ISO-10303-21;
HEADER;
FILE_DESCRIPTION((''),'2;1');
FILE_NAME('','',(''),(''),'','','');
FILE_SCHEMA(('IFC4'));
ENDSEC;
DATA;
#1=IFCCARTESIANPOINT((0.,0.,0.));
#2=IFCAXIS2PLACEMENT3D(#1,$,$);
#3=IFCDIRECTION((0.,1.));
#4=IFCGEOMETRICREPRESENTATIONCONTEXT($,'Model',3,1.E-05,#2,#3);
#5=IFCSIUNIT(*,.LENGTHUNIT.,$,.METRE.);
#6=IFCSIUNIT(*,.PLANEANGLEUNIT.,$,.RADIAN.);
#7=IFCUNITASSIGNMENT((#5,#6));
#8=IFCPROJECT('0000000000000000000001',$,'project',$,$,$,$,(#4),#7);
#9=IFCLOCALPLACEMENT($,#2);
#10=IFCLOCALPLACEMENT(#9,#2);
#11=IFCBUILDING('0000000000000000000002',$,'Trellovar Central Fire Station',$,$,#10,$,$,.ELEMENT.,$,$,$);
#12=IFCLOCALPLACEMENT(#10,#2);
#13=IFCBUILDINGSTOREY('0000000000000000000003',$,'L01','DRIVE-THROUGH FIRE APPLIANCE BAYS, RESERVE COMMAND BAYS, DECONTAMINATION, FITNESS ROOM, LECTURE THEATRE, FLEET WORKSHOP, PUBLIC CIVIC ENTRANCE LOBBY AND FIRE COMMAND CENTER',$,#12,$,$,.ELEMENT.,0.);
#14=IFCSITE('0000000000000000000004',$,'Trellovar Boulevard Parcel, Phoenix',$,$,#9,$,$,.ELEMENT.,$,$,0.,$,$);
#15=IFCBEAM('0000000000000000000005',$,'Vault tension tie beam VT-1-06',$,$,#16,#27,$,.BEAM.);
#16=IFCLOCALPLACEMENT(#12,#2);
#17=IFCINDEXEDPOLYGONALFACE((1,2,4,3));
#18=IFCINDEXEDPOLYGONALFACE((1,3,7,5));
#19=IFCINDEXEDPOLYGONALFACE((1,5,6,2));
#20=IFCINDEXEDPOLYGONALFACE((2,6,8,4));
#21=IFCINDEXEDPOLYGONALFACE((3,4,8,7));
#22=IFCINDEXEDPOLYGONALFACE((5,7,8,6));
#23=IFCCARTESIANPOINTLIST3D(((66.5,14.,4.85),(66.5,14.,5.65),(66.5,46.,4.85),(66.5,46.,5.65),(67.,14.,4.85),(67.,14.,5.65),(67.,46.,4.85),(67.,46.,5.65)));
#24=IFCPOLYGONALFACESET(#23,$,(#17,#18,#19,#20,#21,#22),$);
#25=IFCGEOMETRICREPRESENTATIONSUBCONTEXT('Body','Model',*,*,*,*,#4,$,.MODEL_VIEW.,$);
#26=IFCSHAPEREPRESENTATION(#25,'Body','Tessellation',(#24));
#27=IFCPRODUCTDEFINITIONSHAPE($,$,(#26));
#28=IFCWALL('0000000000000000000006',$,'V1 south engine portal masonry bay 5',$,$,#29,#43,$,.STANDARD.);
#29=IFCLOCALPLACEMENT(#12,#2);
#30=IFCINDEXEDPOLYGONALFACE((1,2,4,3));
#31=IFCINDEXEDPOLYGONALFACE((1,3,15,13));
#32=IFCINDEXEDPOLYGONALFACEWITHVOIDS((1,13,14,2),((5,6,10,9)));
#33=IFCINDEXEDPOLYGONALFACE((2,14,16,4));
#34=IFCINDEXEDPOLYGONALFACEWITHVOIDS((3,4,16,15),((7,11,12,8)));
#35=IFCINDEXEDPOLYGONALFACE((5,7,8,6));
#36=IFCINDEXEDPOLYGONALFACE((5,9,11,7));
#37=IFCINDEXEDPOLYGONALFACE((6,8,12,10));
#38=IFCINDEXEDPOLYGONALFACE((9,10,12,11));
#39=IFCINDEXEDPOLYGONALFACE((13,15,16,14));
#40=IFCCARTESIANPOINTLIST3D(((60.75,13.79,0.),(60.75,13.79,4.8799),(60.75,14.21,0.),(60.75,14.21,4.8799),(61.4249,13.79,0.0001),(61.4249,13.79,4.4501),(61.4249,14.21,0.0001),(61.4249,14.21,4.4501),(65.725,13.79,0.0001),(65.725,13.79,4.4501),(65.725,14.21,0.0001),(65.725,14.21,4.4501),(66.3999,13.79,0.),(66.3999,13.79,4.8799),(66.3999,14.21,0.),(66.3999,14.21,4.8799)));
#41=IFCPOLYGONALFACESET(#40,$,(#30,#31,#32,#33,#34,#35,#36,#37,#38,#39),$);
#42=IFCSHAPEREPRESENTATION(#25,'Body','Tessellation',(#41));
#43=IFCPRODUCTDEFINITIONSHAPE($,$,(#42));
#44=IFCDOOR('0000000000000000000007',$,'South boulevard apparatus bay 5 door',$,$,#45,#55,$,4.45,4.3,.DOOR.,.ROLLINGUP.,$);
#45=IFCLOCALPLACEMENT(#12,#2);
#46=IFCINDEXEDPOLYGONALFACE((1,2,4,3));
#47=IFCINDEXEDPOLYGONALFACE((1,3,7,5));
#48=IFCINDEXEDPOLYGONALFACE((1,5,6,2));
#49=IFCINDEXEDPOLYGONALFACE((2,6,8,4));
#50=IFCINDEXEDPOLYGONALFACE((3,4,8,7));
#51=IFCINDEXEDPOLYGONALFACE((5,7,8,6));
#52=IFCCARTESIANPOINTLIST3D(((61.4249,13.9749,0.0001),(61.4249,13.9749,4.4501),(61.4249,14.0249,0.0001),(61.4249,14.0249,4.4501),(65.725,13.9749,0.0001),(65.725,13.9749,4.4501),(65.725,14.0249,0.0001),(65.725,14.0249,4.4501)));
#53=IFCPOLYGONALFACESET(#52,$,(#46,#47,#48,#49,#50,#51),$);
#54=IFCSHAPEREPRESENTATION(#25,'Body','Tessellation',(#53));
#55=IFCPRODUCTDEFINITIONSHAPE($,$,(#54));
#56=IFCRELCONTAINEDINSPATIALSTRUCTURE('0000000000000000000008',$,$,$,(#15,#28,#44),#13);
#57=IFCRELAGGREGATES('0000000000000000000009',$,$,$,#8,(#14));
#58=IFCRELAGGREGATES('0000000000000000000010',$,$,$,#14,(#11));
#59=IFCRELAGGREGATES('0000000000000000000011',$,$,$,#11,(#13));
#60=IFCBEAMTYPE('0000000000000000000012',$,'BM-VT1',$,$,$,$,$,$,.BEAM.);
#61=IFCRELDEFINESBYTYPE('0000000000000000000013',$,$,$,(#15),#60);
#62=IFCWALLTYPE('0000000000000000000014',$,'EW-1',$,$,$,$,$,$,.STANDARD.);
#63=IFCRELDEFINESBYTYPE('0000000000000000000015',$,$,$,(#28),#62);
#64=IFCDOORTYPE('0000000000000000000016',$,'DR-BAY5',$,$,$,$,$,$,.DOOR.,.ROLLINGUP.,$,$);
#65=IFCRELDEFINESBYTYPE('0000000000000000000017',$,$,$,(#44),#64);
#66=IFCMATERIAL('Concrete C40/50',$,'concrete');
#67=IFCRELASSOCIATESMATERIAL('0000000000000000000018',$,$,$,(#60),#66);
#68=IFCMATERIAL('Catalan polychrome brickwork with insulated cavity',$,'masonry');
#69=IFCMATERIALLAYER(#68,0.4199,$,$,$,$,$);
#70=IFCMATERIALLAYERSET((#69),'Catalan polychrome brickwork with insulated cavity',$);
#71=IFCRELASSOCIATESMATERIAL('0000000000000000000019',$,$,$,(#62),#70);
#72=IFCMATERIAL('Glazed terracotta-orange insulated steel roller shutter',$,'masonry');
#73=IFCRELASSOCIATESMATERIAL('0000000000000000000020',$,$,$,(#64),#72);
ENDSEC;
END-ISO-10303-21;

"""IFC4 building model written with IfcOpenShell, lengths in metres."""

from ifc_helpers import new_model, si_unit, direction, frame, frame_2d, origin, origin_2d, place, context, subcontext, project, spatial, rectangle, extrude, material, layer, layer_set, material_profile, profile_set, type_object, element, fill, save


model = new_model("IFC4")

# Units and contexts
model_context = context("Model", 3, precision=1e-05, world=origin(), true_north=direction((0.0, 1.0)))
body_context = subcontext(model_context, "Body", "Model", "MODEL_VIEW")
ifc_project = project(units=[si_unit("LENGTHUNIT", "METRE"), si_unit("PLANEANGLEUNIT", "RADIAN")], contexts=[model_context])

# Site, building, storey
site_placement = place(None, origin())
site = spatial("IfcSite", under=ifc_project, at=site_placement, Name="Trellovar Boulevard Parcel, Phoenix", CompositionType="ELEMENT", RefElevation=0.0)
building_placement = place(site_placement, origin())
building = spatial("IfcBuilding", under=site, at=building_placement, Name="Trellovar Central Fire Station", CompositionType="ELEMENT")
storey_placement = place(building_placement, origin())
storey = spatial("IfcBuildingStorey", under=building, at=storey_placement, Name="L01", Description="DRIVE-THROUGH FIRE APPLIANCE BAYS, RESERVE COMMAND BAYS, DECONTAMINATION, FITNESS ROOM, LECTURE THEATRE, FLEET WORKSHOP, PUBLIC CIVIC ENTRANCE LOBBY AND FIRE COMMAND CENTER", CompositionType="ELEMENT", Elevation=0.0)

# Beam
ifc_material_1 = material(Name="Concrete C40/50", Category="concrete")
ifc_material_profile_1 = material_profile(ifc_material_1, rectangle(XDim=0.5, YDim=0.8, at=origin_2d()), Name="RC500X800")
ifc_profile_set_1 = profile_set([ifc_material_profile_1], Name="Concrete C40/50")
beam_type_1 = type_object("IfcBeamType", Name="BM-VT1", PredefinedType="BEAM", material=ifc_profile_set_1)
for number, where, z_axis, x_axis, name in (
    (1, (66.75, 14.0, 5.25), (0.0, 1.0, 0.0), (-1.0, 0.0, 0.0), "Vault tension tie beam VT-1-06"),
):
    element("IfcBeam", number, at=place(storey_placement, frame(where, z_axis=z_axis, x_axis=x_axis)), inside=storey, type_object=beam_type_1, Name=name, PredefinedType="BEAM", context=body_context, shape_type="SweptSolid", body=[
        extrude(rectangle(XDim=0.5, YDim=0.8, at=origin_2d()), origin(), (0.0, 0.0, 1.0), 32.0),
    ])

# Wall, opening, door
ifc_material_2 = material(Name="Catalan polychrome brickwork with insulated cavity", Category="masonry")
ifc_layer = layer(ifc_material_2, 0.4199)
ifc_layer_set = layer_set([ifc_layer], Name="Catalan polychrome brickwork with insulated cavity")
wall_type = type_object("IfcWallType", Name="EW-1", PredefinedType="STANDARD", material=ifc_layer_set)
wall_1_placement = place(storey_placement, frame((60.75, 14.0, 0.0), z_axis=(0.0, 0.0, 1.0), x_axis=(1.0, 0.0, 0.0)))
wall_1 = element("IfcWall", 2, at=wall_1_placement, inside=storey, type_object=wall_type, Name="V1 south engine portal masonry bay 5", PredefinedType="STANDARD", context=body_context, shape_type="SweptSolid", body=[
    extrude(rectangle(XDim=5.6499, YDim=0.4199, at=frame_2d((2.825, 0.0))), origin(), (0.0, 0.0, 1.0), 4.8799),
])
opening_1_placement = place(wall_1_placement, frame((0.675, 0.0, 0.0)))
opening_1 = element("IfcOpeningElement", 3, at=opening_1_placement, cuts=wall_1, PredefinedType="OPENING", context=body_context, shape_type="SweptSolid", body=[
    extrude(rectangle(XDim=4.3, YDim=4.45, at=frame_2d((2.1499, 2.2251))), frame((0.0, 0.22, 0.0), z_axis=(0.0, -1.0, 0.0), x_axis=(1.0, 0.0, 0.0)), (0.0, 0.0, 1.0), 0.4399),
])
ifc_material_3 = material(Name="Glazed terracotta-orange insulated steel roller shutter", Category="masonry")
door_type_1 = type_object("IfcDoorType", Name="DR-BAY5", OperationType="ROLLINGUP", PredefinedType="DOOR", material=ifc_material_3)
door_1_placement = place(opening_1_placement, origin())
door_1 = element("IfcDoor", 4, at=door_1_placement, inside=storey, type_object=door_type_1, Name="South boulevard apparatus bay 5 door", OperationType="ROLLINGUP", OverallHeight=4.45, OverallWidth=4.3, PredefinedType="DOOR", context=body_context, shape_type="SweptSolid", body=[
    extrude(rectangle(XDim=4.3, YDim=4.45, at=frame_2d((2.1499, 2.2251))), frame((0.0, 0.0249, 0.0), z_axis=(0.0, -1.0, 0.0), x_axis=(1.0, 0.0, 0.0)), (0.0, 0.0, 1.0), 0.05),
])
fill(opening_1, door_1)

save(model, "model.ifc")
